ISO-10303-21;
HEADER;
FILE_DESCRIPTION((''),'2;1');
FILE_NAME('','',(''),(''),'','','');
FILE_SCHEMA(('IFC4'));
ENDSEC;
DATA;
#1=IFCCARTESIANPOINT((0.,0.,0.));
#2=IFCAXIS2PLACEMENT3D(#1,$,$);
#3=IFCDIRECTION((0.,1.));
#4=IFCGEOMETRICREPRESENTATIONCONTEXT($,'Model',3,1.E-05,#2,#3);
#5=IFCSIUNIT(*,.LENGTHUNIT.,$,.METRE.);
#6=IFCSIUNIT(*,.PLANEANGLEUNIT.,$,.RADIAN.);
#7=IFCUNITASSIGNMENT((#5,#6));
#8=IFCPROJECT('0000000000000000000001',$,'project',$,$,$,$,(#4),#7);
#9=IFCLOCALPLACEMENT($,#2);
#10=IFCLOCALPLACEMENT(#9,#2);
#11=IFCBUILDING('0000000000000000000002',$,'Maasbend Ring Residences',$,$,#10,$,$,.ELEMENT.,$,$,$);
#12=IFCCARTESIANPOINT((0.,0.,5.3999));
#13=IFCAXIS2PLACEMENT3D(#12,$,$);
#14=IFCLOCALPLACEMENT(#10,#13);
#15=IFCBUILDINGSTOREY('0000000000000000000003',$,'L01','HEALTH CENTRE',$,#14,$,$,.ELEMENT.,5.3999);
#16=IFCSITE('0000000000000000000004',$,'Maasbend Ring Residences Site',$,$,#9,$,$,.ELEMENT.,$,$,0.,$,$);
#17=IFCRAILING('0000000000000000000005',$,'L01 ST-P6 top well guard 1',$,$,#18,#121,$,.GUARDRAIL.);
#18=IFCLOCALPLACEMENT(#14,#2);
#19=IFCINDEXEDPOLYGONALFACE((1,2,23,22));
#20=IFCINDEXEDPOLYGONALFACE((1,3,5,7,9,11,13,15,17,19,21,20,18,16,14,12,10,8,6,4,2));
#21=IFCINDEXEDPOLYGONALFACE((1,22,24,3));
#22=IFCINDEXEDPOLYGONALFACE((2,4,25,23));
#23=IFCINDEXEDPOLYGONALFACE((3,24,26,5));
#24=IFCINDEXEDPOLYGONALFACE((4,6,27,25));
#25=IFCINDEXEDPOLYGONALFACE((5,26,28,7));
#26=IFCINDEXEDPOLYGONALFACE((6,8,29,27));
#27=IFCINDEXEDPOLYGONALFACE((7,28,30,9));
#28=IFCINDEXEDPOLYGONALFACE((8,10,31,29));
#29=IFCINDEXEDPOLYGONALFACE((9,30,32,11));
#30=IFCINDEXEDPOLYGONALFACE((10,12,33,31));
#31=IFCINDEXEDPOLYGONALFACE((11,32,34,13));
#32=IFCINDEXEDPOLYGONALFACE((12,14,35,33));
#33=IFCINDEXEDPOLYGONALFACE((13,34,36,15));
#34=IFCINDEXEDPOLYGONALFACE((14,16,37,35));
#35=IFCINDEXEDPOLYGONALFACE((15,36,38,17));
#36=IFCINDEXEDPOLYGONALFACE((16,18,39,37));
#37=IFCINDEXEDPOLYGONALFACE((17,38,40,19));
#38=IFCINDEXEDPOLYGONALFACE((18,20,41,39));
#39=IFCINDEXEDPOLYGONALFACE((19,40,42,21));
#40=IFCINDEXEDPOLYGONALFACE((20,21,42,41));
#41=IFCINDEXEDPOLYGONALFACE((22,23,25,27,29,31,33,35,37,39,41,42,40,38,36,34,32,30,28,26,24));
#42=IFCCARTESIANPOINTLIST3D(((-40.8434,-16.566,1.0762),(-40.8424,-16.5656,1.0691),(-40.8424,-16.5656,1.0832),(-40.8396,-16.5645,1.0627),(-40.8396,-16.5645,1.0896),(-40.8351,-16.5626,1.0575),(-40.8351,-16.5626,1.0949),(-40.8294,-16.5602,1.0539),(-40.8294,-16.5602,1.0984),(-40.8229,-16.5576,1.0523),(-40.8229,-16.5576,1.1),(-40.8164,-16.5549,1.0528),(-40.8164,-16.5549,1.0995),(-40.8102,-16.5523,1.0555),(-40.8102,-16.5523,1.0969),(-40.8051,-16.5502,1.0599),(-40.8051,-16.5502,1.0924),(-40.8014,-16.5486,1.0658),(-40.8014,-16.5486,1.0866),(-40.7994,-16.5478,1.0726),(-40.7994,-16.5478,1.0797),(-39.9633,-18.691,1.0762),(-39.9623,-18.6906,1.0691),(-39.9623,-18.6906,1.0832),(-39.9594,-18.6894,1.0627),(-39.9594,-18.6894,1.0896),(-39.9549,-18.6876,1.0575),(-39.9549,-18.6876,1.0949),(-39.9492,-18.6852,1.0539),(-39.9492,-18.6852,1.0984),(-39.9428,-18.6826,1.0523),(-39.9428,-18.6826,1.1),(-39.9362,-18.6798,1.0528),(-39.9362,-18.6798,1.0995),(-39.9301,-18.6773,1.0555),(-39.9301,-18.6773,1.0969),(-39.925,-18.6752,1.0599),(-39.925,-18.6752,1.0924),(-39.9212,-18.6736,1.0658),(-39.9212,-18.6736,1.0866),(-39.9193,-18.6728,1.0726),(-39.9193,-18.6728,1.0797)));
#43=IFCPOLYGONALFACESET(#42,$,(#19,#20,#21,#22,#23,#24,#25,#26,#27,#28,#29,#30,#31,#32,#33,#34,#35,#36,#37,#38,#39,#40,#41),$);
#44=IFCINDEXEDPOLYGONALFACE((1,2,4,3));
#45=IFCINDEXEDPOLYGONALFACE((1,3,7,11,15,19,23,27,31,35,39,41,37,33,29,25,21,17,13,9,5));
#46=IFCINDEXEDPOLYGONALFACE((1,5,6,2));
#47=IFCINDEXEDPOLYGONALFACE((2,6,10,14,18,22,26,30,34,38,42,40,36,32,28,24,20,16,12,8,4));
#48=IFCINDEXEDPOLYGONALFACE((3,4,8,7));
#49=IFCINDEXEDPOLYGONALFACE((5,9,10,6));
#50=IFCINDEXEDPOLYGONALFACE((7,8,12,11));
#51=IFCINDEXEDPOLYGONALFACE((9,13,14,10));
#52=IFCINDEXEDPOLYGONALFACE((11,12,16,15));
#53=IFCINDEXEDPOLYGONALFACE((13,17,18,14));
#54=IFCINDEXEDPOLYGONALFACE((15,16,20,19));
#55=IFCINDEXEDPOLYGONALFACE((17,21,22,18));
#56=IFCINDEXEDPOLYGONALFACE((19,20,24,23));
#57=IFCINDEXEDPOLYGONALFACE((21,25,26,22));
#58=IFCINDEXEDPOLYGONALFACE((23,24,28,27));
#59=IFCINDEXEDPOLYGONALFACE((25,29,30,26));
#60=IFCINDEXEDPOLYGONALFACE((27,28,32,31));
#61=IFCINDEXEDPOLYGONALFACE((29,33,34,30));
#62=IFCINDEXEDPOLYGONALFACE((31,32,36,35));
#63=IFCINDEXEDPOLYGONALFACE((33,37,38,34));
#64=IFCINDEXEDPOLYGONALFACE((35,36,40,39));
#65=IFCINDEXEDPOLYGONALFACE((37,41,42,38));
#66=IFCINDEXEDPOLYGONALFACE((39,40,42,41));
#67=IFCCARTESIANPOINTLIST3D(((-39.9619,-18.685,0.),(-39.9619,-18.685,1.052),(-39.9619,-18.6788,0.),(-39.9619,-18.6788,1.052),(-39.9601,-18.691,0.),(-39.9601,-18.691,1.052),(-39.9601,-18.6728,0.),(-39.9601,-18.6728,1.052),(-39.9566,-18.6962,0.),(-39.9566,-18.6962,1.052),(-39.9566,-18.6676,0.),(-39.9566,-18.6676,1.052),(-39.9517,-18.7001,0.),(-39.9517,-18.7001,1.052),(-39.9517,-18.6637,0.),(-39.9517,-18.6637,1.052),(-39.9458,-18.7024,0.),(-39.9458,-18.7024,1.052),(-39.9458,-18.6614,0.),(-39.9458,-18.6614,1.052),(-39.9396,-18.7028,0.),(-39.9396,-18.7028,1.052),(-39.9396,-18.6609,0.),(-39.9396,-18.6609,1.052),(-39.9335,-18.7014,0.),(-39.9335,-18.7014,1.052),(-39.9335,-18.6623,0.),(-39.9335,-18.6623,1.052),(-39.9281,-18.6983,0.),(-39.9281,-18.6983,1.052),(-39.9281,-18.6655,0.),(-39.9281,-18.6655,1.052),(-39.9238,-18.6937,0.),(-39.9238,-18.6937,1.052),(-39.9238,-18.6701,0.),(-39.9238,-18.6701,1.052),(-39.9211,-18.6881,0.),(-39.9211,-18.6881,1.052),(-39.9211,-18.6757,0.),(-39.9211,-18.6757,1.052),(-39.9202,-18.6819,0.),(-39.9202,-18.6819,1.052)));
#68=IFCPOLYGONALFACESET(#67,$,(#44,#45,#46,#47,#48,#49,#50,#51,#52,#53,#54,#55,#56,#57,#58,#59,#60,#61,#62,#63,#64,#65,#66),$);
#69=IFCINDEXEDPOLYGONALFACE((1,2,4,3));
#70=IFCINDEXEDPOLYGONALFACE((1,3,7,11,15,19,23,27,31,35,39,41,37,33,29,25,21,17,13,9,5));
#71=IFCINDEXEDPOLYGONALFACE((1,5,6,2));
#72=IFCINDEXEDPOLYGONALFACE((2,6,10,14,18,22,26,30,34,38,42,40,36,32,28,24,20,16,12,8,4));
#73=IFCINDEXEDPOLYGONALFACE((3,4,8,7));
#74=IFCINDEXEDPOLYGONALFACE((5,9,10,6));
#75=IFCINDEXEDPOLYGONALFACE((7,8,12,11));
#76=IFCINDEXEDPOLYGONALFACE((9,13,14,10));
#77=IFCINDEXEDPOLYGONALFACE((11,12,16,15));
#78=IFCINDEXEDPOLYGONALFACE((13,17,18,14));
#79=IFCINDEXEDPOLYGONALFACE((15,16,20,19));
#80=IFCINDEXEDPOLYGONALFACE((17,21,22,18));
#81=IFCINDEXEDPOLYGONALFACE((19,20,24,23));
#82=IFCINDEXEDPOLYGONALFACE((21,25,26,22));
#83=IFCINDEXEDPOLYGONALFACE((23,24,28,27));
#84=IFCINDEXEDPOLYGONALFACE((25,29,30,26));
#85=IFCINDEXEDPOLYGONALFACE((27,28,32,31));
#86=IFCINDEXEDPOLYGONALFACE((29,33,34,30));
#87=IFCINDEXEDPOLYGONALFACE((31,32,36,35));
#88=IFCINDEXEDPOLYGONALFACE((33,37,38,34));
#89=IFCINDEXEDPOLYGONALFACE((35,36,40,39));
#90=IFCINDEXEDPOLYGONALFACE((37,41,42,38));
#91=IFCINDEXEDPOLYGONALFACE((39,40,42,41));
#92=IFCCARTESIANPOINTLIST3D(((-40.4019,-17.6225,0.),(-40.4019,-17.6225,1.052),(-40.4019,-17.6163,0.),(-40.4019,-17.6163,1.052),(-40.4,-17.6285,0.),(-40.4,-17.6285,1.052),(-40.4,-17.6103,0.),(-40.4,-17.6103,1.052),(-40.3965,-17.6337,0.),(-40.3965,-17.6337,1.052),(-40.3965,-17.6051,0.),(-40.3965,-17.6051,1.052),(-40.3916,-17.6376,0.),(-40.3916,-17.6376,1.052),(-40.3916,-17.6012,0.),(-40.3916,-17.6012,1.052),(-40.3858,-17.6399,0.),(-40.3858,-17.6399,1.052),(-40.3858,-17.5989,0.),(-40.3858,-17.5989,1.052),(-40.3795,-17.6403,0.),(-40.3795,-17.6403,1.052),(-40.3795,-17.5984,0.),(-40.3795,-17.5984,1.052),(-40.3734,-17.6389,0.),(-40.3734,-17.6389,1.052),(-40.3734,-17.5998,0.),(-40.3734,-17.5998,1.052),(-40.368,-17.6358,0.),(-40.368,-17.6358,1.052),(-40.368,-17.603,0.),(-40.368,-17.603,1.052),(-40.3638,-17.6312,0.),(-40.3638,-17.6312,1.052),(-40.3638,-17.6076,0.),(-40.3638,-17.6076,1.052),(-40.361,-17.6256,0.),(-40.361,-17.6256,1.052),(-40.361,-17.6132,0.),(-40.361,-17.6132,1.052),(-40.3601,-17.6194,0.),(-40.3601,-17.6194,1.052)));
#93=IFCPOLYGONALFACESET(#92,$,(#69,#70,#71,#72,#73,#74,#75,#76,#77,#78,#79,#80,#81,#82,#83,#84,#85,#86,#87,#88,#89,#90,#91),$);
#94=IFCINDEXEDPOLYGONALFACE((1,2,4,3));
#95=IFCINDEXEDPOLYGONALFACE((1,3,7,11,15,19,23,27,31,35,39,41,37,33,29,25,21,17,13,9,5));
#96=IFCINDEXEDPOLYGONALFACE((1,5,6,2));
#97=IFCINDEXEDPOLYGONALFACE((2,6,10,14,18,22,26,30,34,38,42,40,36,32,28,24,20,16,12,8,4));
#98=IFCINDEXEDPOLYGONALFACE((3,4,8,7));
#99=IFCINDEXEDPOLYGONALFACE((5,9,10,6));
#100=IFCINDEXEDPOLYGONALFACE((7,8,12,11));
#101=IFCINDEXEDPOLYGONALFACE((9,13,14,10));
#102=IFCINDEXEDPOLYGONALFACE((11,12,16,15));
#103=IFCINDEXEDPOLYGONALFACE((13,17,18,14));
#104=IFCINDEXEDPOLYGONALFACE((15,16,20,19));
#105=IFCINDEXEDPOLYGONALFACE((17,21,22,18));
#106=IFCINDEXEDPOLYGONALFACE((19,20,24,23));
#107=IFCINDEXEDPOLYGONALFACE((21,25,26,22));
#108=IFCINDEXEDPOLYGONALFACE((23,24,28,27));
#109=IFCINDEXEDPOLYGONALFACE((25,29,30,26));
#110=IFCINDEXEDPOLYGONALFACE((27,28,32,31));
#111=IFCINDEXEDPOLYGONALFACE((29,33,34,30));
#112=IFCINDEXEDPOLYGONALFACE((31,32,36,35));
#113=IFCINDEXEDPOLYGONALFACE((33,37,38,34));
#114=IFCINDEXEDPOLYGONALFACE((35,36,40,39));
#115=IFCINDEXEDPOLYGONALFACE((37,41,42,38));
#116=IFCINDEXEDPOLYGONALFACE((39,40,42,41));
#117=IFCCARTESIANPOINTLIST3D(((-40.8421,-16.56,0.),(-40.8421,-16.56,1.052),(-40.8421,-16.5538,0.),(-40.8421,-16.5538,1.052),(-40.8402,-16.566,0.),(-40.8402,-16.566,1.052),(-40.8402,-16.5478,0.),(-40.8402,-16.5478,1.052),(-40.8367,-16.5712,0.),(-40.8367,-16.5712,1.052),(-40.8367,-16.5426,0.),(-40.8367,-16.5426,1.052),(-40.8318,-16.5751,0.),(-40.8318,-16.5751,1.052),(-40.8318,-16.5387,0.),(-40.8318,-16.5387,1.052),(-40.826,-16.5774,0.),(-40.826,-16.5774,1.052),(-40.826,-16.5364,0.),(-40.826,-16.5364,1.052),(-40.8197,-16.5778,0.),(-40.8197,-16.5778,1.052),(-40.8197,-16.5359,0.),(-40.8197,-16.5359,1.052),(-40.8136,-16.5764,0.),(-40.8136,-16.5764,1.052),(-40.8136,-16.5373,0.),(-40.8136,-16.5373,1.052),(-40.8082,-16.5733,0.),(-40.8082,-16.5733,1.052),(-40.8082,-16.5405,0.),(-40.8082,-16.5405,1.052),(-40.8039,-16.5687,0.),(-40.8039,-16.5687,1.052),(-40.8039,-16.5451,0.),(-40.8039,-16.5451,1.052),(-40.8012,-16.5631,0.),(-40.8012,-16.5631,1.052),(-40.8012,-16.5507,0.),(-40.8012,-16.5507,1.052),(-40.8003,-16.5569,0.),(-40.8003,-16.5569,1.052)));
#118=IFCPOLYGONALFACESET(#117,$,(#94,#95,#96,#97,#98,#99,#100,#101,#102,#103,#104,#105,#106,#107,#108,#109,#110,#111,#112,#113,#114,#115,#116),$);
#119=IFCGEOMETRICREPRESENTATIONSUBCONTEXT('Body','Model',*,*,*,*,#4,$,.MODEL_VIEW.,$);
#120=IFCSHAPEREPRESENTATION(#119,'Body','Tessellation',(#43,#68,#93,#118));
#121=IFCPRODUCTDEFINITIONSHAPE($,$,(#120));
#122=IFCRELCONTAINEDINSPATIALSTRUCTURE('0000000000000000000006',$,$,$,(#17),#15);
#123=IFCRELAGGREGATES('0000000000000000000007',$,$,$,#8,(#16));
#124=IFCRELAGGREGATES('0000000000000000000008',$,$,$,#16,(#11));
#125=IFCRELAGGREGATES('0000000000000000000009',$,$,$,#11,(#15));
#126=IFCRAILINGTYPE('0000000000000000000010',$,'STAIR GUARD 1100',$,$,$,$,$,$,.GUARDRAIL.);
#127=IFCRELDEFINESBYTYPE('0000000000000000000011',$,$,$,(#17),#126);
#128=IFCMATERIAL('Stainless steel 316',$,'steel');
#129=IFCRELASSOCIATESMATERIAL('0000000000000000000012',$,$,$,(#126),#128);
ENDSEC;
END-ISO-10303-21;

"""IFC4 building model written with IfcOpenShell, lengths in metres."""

from ifc_helpers import new_model, si_unit, direction, frame, origin, origin_2d, place, context, subcontext, project, spatial, circle, extrude, material, type_object, element, save


model = new_model("IFC4")

# Units and contexts
model_context = context("Model", 3, precision=1e-05, world=origin(), true_north=direction((0.0, 1.0)))
body_context = subcontext(model_context, "Body", "Model", "MODEL_VIEW")
ifc_project = project(units=[si_unit("LENGTHUNIT", "METRE"), si_unit("PLANEANGLEUNIT", "RADIAN")], contexts=[model_context])

# Site, building, storey
site_placement = place(None, origin())
site = spatial("IfcSite", under=ifc_project, at=site_placement, Name="Maasbend Ring Residences Site", CompositionType="ELEMENT", RefElevation=0.0)
building_placement = place(site_placement, origin())
building = spatial("IfcBuilding", under=site, at=building_placement, Name="Maasbend Ring Residences", CompositionType="ELEMENT")
storey_placement = place(building_placement, frame((0.0, 0.0, 5.3999)))
storey = spatial("IfcBuildingStorey", under=building, at=storey_placement, Name="L01", Description="HEALTH CENTRE", CompositionType="ELEMENT", Elevation=5.3999)

# Railing
ifc_material_1 = material(Name="Stainless steel 316", Category="steel")
railing_type = type_object("IfcRailingType", Name="STAIR GUARD 1100", PredefinedType="GUARDRAIL", material=ifc_material_1)
railing_placement = place(storey_placement, frame((-39.9412, -18.6819, 0.0)))
element("IfcRailing", 1, at=railing_placement, inside=storey, type_object=railing_type, Name="L01 ST-P6 top well guard 1", PredefinedType="GUARDRAIL", context=body_context, shape_type="SweptSolid", body=[
    extrude(circle(Radius=0.0239, at=origin_2d()), frame((0.0, 0.0, 1.0762), z_axis=(-0.382655, 0.923891, 0.0), x_axis=(-0.923891, -0.382655, 0.0)), (0.0, 0.0, 1.0), 2.3),
    extrude(circle(Radius=0.021, at=origin_2d()), origin(), (0.0, 0.0, 1.0), 1.052),
    extrude(circle(Radius=0.021, at=origin_2d()), frame((-0.4399, 1.0625, 0.0)), (0.0, 0.0, 1.0), 1.052),
    extrude(circle(Radius=0.021, at=origin_2d()), frame((-0.8801, 2.125, 0.0)), (0.0, 0.0, 1.0), 1.052),
])

save(model, "model.ifc")
